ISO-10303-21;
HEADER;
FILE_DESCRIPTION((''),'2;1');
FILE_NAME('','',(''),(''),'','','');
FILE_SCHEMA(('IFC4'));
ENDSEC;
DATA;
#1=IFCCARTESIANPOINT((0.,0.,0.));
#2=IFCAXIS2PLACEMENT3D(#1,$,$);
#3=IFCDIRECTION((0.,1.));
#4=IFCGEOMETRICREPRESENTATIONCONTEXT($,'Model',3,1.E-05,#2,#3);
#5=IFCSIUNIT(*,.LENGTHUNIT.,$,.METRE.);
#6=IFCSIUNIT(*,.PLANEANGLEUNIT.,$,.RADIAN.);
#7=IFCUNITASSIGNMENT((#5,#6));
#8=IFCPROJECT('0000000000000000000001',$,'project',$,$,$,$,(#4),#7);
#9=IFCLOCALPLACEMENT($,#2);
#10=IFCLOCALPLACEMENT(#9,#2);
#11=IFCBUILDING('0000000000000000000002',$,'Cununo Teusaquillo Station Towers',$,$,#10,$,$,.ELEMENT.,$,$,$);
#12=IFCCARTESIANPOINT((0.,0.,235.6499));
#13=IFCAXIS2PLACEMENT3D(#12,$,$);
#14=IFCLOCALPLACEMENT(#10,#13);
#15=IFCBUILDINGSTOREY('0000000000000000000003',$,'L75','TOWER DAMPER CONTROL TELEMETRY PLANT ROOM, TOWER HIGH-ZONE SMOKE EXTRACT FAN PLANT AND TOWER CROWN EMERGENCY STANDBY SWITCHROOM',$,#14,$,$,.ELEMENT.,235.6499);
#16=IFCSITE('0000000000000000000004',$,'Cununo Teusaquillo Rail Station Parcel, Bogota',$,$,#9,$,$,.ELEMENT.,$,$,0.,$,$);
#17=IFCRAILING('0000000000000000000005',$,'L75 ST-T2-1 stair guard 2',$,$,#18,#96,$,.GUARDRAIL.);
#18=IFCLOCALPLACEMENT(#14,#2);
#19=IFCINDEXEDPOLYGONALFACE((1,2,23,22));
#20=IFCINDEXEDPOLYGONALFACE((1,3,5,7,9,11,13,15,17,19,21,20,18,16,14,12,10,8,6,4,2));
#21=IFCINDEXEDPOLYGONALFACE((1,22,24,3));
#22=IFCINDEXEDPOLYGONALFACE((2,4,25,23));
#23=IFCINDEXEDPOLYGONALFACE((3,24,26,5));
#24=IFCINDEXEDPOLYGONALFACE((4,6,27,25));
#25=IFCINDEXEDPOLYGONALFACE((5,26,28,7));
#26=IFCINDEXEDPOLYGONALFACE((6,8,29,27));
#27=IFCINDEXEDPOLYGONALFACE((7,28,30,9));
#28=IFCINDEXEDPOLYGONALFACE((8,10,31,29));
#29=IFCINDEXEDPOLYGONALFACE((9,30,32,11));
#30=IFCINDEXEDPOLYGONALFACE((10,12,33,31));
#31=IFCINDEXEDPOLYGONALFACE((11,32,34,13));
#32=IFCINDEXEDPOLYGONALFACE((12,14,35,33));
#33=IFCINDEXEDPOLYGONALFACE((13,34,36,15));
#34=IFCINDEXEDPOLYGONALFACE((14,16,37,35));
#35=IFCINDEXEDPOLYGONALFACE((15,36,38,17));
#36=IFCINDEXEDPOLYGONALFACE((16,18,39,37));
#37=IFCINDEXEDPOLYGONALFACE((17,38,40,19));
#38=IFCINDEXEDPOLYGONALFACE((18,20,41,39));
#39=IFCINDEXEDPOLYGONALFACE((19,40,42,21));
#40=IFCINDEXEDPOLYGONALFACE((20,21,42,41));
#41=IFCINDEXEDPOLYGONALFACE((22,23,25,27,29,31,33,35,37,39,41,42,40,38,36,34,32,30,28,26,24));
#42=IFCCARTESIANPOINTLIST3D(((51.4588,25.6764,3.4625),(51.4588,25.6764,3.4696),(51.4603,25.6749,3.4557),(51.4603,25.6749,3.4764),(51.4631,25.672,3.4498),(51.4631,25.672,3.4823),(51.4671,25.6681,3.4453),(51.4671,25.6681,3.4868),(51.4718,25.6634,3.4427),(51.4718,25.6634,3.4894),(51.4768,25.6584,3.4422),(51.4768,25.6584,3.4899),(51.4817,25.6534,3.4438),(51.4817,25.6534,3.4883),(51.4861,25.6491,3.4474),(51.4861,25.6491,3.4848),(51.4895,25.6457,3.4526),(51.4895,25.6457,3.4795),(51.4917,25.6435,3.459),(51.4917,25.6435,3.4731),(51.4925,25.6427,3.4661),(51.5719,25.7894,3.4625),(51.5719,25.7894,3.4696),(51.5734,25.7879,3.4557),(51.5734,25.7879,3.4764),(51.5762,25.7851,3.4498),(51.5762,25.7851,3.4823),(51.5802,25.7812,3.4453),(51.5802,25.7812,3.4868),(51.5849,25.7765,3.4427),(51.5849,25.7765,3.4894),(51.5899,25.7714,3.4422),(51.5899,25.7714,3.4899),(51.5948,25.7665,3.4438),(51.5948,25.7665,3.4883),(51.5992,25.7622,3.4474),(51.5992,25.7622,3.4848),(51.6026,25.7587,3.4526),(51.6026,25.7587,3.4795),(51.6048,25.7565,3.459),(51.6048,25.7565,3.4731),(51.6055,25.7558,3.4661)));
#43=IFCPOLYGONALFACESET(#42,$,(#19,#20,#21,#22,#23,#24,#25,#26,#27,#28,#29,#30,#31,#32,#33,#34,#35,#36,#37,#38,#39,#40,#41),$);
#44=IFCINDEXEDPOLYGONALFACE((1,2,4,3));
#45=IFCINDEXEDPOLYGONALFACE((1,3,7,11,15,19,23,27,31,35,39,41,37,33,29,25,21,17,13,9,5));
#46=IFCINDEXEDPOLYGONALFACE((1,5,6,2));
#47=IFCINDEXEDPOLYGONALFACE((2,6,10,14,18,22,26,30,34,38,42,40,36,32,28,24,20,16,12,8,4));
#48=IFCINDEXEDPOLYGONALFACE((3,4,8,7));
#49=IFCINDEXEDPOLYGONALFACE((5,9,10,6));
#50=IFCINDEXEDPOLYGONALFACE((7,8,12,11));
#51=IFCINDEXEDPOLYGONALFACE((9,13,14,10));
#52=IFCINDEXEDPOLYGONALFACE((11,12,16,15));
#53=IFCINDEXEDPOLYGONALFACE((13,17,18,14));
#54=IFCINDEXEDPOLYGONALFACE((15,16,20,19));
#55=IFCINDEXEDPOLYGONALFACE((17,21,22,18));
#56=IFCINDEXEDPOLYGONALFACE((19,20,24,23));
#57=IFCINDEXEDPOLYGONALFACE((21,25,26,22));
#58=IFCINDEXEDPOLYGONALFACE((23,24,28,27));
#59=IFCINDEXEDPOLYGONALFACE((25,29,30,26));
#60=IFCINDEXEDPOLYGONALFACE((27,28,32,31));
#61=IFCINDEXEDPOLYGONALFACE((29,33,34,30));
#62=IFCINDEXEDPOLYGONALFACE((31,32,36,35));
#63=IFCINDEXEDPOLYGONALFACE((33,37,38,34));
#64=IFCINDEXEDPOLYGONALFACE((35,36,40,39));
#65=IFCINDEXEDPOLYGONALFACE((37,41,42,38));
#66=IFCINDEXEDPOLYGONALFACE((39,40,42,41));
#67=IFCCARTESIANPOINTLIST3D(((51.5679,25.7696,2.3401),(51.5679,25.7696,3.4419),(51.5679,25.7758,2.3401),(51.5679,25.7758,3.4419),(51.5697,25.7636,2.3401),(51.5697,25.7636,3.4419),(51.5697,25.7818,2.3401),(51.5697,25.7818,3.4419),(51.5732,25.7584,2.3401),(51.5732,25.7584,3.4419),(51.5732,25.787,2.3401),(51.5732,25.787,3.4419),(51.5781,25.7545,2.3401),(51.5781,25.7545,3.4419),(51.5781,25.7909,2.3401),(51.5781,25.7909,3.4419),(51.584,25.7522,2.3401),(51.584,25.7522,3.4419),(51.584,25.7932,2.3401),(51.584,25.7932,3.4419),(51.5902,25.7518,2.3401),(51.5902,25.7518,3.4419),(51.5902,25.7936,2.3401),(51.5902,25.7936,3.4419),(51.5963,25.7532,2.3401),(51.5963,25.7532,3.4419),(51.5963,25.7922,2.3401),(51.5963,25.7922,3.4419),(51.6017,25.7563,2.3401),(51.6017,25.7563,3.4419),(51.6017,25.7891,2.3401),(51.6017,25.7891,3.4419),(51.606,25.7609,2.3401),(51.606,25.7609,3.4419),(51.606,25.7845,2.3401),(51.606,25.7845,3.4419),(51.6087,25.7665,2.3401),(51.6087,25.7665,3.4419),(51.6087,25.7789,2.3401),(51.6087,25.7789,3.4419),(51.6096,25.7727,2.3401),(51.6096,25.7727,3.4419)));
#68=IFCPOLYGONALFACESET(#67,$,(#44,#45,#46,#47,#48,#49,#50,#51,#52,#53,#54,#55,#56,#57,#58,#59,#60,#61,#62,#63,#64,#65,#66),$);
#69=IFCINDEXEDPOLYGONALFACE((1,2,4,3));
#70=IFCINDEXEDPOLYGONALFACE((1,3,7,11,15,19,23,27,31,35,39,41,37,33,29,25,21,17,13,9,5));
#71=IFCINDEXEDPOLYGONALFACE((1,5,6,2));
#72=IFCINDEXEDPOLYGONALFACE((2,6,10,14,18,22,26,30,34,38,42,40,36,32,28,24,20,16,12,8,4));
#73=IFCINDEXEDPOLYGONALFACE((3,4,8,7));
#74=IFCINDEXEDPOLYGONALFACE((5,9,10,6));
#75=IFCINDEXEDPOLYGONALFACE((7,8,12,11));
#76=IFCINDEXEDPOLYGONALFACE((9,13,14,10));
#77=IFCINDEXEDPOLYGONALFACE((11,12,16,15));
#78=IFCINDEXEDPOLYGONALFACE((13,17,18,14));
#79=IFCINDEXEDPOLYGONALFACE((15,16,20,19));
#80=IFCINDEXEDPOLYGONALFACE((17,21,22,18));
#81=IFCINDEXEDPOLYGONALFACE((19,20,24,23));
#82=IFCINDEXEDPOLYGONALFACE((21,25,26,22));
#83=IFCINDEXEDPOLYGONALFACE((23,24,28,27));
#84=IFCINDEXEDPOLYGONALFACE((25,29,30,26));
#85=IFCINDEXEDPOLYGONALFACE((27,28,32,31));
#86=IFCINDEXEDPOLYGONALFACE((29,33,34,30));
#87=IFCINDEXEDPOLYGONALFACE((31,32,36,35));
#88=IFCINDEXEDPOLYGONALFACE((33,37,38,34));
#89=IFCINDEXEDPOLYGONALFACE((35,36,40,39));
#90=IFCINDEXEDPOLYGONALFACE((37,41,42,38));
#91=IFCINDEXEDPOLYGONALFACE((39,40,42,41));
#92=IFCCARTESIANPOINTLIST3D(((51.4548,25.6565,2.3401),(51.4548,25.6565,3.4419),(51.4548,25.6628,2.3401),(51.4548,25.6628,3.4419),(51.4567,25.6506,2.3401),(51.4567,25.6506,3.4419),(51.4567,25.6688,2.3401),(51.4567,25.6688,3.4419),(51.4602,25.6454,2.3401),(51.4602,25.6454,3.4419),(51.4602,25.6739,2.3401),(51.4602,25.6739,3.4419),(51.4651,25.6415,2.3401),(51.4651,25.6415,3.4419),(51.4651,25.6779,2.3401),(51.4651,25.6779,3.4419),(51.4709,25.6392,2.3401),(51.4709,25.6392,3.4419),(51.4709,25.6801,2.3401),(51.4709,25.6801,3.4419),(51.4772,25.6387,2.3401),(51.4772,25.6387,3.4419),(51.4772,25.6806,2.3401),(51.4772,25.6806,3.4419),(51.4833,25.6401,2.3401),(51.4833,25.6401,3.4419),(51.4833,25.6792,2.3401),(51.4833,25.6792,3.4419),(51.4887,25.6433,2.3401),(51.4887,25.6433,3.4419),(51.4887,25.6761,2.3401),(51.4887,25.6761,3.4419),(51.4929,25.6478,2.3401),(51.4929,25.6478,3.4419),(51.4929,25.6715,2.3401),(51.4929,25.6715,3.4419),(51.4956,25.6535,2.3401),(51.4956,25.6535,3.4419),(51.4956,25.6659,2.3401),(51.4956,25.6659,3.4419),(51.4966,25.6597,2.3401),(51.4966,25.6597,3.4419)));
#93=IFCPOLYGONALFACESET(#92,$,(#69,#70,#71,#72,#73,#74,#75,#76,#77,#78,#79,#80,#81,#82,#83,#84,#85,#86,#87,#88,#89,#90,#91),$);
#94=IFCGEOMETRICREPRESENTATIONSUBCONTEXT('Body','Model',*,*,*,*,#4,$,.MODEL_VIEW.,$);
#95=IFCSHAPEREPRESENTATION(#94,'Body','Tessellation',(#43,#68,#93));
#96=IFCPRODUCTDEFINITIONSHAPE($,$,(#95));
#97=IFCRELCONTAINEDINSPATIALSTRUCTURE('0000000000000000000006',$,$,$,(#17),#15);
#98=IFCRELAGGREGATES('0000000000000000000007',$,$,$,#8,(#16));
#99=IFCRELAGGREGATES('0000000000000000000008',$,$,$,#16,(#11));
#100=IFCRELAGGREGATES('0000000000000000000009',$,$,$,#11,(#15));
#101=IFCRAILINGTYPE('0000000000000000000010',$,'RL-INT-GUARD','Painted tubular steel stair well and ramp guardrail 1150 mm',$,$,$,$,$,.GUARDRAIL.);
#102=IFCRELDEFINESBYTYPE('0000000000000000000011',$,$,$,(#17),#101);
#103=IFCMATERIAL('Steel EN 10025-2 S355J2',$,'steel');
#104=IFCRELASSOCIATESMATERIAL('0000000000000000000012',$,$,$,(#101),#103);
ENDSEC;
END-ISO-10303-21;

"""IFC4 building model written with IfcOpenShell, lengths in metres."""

from ifc_helpers import new_model, si_unit, direction, frame, origin, origin_2d, place, context, subcontext, project, spatial, circle, extrude, material, type_object, element, save


model = new_model("IFC4")

# Units and contexts
model_context = context("Model", 3, precision=1e-05, world=origin(), true_north=direction((0.0, 1.0)))
body_context = subcontext(model_context, "Body", "Model", "MODEL_VIEW")
ifc_project = project(units=[si_unit("LENGTHUNIT", "METRE"), si_unit("PLANEANGLEUNIT", "RADIAN")], contexts=[model_context])

# Site, building, storey
site_placement = place(None, origin())
site = spatial("IfcSite", under=ifc_project, at=site_placement, Name="Cununo Teusaquillo Rail Station Parcel, Bogota", CompositionType="ELEMENT", RefElevation=0.0)
building_placement = place(site_placement, origin())
building = spatial("IfcBuilding", under=site, at=building_placement, Name="Cununo Teusaquillo Station Towers", CompositionType="ELEMENT")
storey_placement = place(building_placement, frame((0.0, 0.0, 235.6499)))
storey = spatial("IfcBuildingStorey", under=building, at=storey_placement, Name="L75", Description="TOWER DAMPER CONTROL TELEMETRY PLANT ROOM, TOWER HIGH-ZONE SMOKE EXTRACT FAN PLANT AND TOWER CROWN EMERGENCY STANDBY SWITCHROOM", CompositionType="ELEMENT", Elevation=235.6499)

# Railing
ifc_material_1 = material(Name="Steel EN 10025-2 S355J2", Category="steel")
railing_type_1 = type_object("IfcRailingType", Name="RL-INT-GUARD", Description="Painted tubular steel stair well and ramp guardrail 1150 mm", PredefinedType="GUARDRAIL", material=ifc_material_1)
railing_1_placement = place(storey_placement, frame((51.5886, 25.7727, 2.3401)))
element("IfcRailing", 1, at=railing_1_placement, inside=storey, type_object=railing_type_1, Name="L75 ST-T2-1 stair guard 2", PredefinedType="GUARDRAIL", context=body_context, shape_type="SweptSolid", body=[
    extrude(circle(Radius=0.0239, at=origin_2d()), frame((0.0, 0.0, 1.126), z_axis=(-0.707107, -0.707107, 0.0), x_axis=(0.707107, -0.707107, 0.0)), (0.0, 0.0, 1.0), 0.1599),
    extrude(circle(Radius=0.021, at=origin_2d()), origin(), (0.0, 0.0, 1.0), 1.1018),
    extrude(circle(Radius=0.021, at=origin_2d()), frame((-0.113, -0.113, 0.0)), (0.0, 0.0, 1.0), 1.1018),
])

save(model, "model.ifc")
